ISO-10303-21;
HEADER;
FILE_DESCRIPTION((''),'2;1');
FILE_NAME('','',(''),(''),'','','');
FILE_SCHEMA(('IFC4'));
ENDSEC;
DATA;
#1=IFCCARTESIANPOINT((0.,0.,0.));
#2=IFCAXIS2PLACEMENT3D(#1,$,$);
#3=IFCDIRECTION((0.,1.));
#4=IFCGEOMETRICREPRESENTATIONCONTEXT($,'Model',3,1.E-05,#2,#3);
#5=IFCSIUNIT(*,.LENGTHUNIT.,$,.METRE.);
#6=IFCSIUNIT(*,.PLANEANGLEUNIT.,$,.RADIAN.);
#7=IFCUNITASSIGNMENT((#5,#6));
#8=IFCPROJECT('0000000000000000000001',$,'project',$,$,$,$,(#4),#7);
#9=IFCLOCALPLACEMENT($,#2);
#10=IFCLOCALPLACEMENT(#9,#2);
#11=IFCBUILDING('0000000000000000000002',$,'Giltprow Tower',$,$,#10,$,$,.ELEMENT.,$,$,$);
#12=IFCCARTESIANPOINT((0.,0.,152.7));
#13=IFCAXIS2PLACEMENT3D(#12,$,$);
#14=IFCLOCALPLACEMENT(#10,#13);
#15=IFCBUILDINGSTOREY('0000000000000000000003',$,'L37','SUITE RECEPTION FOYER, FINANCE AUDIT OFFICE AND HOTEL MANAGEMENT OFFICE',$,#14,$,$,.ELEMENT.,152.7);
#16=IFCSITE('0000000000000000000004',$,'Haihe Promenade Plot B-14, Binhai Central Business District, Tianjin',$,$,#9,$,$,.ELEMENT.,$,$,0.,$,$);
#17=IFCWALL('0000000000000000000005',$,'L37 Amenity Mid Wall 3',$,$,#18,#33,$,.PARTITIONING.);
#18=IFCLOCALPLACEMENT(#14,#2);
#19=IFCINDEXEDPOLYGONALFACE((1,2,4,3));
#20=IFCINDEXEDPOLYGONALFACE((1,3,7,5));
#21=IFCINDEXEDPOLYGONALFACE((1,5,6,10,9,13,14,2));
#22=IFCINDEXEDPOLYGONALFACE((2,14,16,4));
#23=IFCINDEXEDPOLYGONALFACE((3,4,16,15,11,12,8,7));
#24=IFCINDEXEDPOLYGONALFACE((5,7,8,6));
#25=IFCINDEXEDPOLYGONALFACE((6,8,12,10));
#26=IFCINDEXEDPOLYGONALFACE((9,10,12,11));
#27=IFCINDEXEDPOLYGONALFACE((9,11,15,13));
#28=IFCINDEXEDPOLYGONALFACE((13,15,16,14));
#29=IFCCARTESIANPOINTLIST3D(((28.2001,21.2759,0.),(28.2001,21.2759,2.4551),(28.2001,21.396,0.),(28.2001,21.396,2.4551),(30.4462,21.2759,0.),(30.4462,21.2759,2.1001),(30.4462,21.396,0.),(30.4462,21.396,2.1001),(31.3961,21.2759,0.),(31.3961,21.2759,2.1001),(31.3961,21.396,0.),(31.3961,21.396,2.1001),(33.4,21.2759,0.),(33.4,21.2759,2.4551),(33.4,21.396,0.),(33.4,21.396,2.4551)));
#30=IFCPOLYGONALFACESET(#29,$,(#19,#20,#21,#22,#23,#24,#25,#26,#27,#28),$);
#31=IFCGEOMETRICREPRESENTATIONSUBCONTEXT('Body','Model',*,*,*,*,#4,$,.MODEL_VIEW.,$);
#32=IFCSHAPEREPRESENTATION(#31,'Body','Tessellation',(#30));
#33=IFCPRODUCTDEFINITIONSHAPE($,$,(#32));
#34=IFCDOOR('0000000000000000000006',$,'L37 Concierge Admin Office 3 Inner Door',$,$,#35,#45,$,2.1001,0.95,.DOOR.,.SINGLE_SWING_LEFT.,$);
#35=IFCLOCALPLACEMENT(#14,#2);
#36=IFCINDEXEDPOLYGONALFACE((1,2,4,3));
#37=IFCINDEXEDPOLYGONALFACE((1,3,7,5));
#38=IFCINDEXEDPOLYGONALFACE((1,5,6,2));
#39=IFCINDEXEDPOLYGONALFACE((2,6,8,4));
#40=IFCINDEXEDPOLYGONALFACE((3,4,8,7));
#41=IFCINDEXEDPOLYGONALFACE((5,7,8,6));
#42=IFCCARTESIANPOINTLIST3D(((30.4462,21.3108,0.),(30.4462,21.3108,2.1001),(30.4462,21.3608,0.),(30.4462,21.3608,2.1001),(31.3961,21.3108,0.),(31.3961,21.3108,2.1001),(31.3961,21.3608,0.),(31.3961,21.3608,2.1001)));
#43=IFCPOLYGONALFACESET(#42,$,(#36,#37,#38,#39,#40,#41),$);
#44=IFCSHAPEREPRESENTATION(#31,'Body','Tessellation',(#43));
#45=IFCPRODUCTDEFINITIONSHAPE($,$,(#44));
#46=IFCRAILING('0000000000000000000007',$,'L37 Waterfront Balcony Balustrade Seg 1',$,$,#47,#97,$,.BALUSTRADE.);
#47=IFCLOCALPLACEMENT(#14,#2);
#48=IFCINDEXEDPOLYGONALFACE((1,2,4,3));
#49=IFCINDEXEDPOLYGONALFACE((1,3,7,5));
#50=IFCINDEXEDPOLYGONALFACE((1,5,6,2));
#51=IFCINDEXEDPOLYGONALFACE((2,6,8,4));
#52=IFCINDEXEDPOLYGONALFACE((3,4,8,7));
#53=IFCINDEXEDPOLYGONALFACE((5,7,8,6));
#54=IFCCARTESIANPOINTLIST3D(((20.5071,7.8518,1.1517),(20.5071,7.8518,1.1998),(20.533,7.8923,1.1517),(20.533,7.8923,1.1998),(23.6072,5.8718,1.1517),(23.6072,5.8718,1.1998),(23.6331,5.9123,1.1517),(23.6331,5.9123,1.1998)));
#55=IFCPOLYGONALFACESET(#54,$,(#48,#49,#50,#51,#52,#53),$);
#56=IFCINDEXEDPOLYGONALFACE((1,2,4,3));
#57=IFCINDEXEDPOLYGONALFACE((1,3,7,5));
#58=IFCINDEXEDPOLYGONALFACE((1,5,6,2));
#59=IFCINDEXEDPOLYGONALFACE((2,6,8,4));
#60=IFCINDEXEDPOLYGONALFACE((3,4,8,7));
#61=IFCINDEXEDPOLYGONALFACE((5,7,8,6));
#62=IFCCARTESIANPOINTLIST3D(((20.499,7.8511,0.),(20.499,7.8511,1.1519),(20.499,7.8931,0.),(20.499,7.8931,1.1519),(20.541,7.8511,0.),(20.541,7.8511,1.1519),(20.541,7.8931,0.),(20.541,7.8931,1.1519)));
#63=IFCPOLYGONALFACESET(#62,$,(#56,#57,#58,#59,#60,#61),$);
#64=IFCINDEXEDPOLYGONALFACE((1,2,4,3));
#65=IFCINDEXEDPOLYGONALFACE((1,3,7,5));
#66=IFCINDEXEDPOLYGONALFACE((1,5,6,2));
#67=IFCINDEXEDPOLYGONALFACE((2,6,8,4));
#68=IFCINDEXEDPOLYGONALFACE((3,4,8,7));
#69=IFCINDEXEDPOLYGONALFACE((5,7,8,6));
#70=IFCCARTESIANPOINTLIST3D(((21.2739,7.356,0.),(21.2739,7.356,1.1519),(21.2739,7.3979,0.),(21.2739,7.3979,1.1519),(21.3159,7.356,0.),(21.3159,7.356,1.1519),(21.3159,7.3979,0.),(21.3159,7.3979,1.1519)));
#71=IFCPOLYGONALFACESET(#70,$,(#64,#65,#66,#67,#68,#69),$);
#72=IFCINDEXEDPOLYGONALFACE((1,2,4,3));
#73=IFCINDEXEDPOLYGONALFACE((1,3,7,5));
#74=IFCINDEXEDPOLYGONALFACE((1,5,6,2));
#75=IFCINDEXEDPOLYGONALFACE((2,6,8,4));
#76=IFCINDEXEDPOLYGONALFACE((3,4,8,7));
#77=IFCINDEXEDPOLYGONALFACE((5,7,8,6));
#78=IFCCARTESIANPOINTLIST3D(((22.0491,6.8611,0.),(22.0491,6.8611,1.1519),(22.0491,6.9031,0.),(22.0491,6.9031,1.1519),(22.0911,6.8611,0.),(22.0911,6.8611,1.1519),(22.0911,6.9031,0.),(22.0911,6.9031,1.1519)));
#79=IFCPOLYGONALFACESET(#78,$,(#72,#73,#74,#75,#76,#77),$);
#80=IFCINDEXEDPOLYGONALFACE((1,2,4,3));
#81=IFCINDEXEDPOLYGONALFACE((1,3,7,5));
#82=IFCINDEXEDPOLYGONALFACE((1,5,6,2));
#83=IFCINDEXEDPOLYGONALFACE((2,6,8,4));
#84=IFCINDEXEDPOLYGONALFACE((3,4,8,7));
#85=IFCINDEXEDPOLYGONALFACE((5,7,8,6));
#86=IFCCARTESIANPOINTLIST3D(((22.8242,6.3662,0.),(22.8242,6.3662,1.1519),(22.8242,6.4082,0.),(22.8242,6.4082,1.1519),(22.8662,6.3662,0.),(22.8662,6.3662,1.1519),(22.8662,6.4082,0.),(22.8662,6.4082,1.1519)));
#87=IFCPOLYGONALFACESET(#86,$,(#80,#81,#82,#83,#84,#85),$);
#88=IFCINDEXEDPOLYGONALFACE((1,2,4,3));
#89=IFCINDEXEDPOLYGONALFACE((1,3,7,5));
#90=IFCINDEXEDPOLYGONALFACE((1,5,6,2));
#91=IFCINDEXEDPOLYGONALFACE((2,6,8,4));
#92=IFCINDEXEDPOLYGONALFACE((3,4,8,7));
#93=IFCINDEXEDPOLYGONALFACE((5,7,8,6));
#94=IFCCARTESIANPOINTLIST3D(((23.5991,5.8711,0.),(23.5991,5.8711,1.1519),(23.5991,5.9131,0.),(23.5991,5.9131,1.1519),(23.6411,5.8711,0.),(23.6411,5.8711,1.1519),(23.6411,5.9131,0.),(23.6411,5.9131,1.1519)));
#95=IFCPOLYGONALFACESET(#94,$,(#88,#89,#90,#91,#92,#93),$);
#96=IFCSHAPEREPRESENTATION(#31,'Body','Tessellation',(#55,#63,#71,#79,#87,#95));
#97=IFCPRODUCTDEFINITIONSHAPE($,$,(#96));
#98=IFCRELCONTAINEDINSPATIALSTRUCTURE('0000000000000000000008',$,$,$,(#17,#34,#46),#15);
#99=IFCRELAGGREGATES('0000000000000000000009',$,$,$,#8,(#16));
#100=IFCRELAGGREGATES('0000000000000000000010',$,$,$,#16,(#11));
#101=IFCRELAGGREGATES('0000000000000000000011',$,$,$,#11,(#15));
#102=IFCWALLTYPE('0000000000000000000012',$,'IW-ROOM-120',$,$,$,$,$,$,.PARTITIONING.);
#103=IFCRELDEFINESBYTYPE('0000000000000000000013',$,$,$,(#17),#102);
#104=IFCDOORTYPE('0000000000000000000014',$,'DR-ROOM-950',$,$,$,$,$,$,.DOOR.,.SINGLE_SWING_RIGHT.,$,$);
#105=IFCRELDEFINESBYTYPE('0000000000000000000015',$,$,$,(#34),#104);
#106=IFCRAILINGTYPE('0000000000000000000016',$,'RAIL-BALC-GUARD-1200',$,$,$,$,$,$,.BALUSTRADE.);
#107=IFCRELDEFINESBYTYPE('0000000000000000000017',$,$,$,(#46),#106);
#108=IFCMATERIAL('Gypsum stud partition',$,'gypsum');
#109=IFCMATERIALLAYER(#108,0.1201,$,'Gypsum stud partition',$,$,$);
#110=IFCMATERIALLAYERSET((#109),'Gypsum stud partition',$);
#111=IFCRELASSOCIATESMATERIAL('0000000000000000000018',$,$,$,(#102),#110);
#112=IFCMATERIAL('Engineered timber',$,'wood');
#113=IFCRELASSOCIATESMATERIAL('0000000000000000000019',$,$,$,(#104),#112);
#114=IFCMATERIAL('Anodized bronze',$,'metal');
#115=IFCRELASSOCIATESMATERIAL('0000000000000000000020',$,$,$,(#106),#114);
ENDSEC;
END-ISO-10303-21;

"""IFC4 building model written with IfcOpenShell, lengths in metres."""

from ifc_helpers import new_model, si_unit, direction, frame, frame_2d, origin, origin_2d, place, context, subcontext, project, spatial, rectangle, extrude, source, transform, mapped, material, layer, layer_set, type_object, element, fill, save


model = new_model("IFC4")

# Units and contexts
model_context = context("Model", 3, precision=1e-05, world=origin(), true_north=direction((0.0, 1.0)))
body_context = subcontext(model_context, "Body", "Model", "MODEL_VIEW")
ifc_project = project(units=[si_unit("LENGTHUNIT", "METRE"), si_unit("PLANEANGLEUNIT", "RADIAN")], contexts=[model_context])

# Site, building, storey
site_placement = place(None, origin())
site = spatial("IfcSite", under=ifc_project, at=site_placement, Name="Haihe Promenade Plot B-14, Binhai Central Business District, Tianjin", CompositionType="ELEMENT", RefElevation=0.0)
building_placement = place(site_placement, origin())
building = spatial("IfcBuilding", under=site, at=building_placement, Name="Giltprow Tower", CompositionType="ELEMENT")
storey_placement = place(building_placement, frame((0.0, 0.0, 152.7)))
storey = spatial("IfcBuildingStorey", under=building, at=storey_placement, Name="L37", Description="SUITE RECEPTION FOYER, FINANCE AUDIT OFFICE AND HOTEL MANAGEMENT OFFICE", CompositionType="ELEMENT", Elevation=152.7)

# Shared definitions
ifc_material_1 = material(Name="Gypsum stud partition", Category="gypsum")

# Wall, opening, door
ifc_layer_1 = layer(ifc_material_1, 0.1201, Name="Gypsum stud partition")
ifc_layer_set_1 = layer_set([ifc_layer_1], Name="Gypsum stud partition")
wall_type_1 = type_object("IfcWallType", Name="IW-ROOM-120", PredefinedType="PARTITIONING", material=ifc_layer_set_1)
ifc_material_2 = material(Name="Engineered timber", Category="wood")
door_type_1 = type_object("IfcDoorType", Name="DR-ROOM-950", OperationType="SINGLE_SWING_RIGHT", PredefinedType="DOOR", material=ifc_material_2)
shared_shape_1 = source(origin(), body_context, "Body", "SweptSolid", [
    extrude(rectangle(XDim=0.95, YDim=2.1001, at=frame_2d((0.4751, 1.05))), frame((0.0, 0.0249, 0.0), z_axis=(0.0, -1.0, 0.0), x_axis=(1.0, 0.0, 0.0)), (0.0, 0.0, 1.0), 0.05),
])
wall_1_placement = place(storey_placement, frame((28.2, 21.3359, 0.0), z_axis=(0.0, 0.0, 1.0), x_axis=(1.0, 0.0, 0.0)))
wall_1 = element("IfcWall", 1, at=wall_1_placement, inside=storey, type_object=wall_type_1, Name="L37 Amenity Mid Wall 3", PredefinedType="PARTITIONING", context=body_context, shape_type="SweptSolid", body=[
    extrude(rectangle(XDim=5.2, YDim=0.1201, at=frame_2d((2.6001, 0.0))), origin(), (0.0, 0.0, 1.0), 2.4551),
])
opening_1_placement = place(wall_1_placement, frame((2.2461, 0.0, 0.0)))
opening_1 = element("IfcOpeningElement", 2, at=opening_1_placement, cuts=wall_1, PredefinedType="OPENING", context=body_context, shape_type="SweptSolid", body=[
    extrude(rectangle(XDim=0.95, YDim=2.1001, at=frame_2d((0.4751, 1.05))), frame((0.0, 0.0701, 0.0), z_axis=(0.0, -1.0, 0.0), x_axis=(1.0, 0.0, 0.0)), (0.0, 0.0, 1.0), 0.1401),
])
door_1_placement = place(opening_1_placement, origin())
door_1 = element("IfcDoor", 3, at=door_1_placement, inside=storey, type_object=door_type_1, Name="L37 Concierge Admin Office 3 Inner Door", OperationType="SINGLE_SWING_LEFT", OverallHeight=2.1001, OverallWidth=0.95, PredefinedType="DOOR", context=body_context, shape_type="MappedRepresentation", body=[
    mapped(shared_shape_1, transform((0.0, 0.0, 0.0), x_axis=(1.0, 0.0, 0.0), y_axis=(0.0, 1.0, 0.0), z_axis=(0.0, 0.0, 1.0), scale=1.0)),
])
fill(opening_1, door_1)

# Railing
ifc_material_3 = material(Name="Anodized bronze", Category="metal")
railing_type = type_object("IfcRailingType", Name="RAIL-BALC-GUARD-1200", PredefinedType="BALUSTRADE", material=ifc_material_3)
railing_1_placement = place(storey_placement, frame((20.52, 7.8721, 0.0)))
element("IfcRailing", 4, at=railing_1_placement, inside=storey, type_object=railing_type, Name="L37 Waterfront Balcony Balustrade Seg 1", PredefinedType="BALUSTRADE", context=body_context, shape_type="SweptSolid", body=[
    extrude(rectangle(XDim=0.0481, YDim=0.0481, at=origin_2d()), frame((0.0, 0.0, 1.1758), z_axis=(0.842775, -0.538266, 0.0), x_axis=(0.538266, 0.842775, 0.0)), (0.0, 0.0, 1.0), 3.6785),
    extrude(rectangle(XDim=0.042, YDim=0.042, at=origin_2d()), origin(), (0.0, 0.0, 1.0), 1.1519),
    extrude(rectangle(XDim=0.042, YDim=0.042, at=origin_2d()), frame((0.7749, -0.4951, 0.0)), (0.0, 0.0, 1.0), 1.1519),
    extrude(rectangle(XDim=0.042, YDim=0.042, at=origin_2d()), frame((1.55, -0.99, 0.0)), (0.0, 0.0, 1.0), 1.1519),
    extrude(rectangle(XDim=0.042, YDim=0.042, at=origin_2d()), frame((2.3252, -1.4849, 0.0)), (0.0, 0.0, 1.0), 1.1519),
    extrude(rectangle(XDim=0.042, YDim=0.042, at=origin_2d()), frame((3.1001, -1.98, 0.0)), (0.0, 0.0, 1.0), 1.1519),
])

save(model, "model.ifc")
